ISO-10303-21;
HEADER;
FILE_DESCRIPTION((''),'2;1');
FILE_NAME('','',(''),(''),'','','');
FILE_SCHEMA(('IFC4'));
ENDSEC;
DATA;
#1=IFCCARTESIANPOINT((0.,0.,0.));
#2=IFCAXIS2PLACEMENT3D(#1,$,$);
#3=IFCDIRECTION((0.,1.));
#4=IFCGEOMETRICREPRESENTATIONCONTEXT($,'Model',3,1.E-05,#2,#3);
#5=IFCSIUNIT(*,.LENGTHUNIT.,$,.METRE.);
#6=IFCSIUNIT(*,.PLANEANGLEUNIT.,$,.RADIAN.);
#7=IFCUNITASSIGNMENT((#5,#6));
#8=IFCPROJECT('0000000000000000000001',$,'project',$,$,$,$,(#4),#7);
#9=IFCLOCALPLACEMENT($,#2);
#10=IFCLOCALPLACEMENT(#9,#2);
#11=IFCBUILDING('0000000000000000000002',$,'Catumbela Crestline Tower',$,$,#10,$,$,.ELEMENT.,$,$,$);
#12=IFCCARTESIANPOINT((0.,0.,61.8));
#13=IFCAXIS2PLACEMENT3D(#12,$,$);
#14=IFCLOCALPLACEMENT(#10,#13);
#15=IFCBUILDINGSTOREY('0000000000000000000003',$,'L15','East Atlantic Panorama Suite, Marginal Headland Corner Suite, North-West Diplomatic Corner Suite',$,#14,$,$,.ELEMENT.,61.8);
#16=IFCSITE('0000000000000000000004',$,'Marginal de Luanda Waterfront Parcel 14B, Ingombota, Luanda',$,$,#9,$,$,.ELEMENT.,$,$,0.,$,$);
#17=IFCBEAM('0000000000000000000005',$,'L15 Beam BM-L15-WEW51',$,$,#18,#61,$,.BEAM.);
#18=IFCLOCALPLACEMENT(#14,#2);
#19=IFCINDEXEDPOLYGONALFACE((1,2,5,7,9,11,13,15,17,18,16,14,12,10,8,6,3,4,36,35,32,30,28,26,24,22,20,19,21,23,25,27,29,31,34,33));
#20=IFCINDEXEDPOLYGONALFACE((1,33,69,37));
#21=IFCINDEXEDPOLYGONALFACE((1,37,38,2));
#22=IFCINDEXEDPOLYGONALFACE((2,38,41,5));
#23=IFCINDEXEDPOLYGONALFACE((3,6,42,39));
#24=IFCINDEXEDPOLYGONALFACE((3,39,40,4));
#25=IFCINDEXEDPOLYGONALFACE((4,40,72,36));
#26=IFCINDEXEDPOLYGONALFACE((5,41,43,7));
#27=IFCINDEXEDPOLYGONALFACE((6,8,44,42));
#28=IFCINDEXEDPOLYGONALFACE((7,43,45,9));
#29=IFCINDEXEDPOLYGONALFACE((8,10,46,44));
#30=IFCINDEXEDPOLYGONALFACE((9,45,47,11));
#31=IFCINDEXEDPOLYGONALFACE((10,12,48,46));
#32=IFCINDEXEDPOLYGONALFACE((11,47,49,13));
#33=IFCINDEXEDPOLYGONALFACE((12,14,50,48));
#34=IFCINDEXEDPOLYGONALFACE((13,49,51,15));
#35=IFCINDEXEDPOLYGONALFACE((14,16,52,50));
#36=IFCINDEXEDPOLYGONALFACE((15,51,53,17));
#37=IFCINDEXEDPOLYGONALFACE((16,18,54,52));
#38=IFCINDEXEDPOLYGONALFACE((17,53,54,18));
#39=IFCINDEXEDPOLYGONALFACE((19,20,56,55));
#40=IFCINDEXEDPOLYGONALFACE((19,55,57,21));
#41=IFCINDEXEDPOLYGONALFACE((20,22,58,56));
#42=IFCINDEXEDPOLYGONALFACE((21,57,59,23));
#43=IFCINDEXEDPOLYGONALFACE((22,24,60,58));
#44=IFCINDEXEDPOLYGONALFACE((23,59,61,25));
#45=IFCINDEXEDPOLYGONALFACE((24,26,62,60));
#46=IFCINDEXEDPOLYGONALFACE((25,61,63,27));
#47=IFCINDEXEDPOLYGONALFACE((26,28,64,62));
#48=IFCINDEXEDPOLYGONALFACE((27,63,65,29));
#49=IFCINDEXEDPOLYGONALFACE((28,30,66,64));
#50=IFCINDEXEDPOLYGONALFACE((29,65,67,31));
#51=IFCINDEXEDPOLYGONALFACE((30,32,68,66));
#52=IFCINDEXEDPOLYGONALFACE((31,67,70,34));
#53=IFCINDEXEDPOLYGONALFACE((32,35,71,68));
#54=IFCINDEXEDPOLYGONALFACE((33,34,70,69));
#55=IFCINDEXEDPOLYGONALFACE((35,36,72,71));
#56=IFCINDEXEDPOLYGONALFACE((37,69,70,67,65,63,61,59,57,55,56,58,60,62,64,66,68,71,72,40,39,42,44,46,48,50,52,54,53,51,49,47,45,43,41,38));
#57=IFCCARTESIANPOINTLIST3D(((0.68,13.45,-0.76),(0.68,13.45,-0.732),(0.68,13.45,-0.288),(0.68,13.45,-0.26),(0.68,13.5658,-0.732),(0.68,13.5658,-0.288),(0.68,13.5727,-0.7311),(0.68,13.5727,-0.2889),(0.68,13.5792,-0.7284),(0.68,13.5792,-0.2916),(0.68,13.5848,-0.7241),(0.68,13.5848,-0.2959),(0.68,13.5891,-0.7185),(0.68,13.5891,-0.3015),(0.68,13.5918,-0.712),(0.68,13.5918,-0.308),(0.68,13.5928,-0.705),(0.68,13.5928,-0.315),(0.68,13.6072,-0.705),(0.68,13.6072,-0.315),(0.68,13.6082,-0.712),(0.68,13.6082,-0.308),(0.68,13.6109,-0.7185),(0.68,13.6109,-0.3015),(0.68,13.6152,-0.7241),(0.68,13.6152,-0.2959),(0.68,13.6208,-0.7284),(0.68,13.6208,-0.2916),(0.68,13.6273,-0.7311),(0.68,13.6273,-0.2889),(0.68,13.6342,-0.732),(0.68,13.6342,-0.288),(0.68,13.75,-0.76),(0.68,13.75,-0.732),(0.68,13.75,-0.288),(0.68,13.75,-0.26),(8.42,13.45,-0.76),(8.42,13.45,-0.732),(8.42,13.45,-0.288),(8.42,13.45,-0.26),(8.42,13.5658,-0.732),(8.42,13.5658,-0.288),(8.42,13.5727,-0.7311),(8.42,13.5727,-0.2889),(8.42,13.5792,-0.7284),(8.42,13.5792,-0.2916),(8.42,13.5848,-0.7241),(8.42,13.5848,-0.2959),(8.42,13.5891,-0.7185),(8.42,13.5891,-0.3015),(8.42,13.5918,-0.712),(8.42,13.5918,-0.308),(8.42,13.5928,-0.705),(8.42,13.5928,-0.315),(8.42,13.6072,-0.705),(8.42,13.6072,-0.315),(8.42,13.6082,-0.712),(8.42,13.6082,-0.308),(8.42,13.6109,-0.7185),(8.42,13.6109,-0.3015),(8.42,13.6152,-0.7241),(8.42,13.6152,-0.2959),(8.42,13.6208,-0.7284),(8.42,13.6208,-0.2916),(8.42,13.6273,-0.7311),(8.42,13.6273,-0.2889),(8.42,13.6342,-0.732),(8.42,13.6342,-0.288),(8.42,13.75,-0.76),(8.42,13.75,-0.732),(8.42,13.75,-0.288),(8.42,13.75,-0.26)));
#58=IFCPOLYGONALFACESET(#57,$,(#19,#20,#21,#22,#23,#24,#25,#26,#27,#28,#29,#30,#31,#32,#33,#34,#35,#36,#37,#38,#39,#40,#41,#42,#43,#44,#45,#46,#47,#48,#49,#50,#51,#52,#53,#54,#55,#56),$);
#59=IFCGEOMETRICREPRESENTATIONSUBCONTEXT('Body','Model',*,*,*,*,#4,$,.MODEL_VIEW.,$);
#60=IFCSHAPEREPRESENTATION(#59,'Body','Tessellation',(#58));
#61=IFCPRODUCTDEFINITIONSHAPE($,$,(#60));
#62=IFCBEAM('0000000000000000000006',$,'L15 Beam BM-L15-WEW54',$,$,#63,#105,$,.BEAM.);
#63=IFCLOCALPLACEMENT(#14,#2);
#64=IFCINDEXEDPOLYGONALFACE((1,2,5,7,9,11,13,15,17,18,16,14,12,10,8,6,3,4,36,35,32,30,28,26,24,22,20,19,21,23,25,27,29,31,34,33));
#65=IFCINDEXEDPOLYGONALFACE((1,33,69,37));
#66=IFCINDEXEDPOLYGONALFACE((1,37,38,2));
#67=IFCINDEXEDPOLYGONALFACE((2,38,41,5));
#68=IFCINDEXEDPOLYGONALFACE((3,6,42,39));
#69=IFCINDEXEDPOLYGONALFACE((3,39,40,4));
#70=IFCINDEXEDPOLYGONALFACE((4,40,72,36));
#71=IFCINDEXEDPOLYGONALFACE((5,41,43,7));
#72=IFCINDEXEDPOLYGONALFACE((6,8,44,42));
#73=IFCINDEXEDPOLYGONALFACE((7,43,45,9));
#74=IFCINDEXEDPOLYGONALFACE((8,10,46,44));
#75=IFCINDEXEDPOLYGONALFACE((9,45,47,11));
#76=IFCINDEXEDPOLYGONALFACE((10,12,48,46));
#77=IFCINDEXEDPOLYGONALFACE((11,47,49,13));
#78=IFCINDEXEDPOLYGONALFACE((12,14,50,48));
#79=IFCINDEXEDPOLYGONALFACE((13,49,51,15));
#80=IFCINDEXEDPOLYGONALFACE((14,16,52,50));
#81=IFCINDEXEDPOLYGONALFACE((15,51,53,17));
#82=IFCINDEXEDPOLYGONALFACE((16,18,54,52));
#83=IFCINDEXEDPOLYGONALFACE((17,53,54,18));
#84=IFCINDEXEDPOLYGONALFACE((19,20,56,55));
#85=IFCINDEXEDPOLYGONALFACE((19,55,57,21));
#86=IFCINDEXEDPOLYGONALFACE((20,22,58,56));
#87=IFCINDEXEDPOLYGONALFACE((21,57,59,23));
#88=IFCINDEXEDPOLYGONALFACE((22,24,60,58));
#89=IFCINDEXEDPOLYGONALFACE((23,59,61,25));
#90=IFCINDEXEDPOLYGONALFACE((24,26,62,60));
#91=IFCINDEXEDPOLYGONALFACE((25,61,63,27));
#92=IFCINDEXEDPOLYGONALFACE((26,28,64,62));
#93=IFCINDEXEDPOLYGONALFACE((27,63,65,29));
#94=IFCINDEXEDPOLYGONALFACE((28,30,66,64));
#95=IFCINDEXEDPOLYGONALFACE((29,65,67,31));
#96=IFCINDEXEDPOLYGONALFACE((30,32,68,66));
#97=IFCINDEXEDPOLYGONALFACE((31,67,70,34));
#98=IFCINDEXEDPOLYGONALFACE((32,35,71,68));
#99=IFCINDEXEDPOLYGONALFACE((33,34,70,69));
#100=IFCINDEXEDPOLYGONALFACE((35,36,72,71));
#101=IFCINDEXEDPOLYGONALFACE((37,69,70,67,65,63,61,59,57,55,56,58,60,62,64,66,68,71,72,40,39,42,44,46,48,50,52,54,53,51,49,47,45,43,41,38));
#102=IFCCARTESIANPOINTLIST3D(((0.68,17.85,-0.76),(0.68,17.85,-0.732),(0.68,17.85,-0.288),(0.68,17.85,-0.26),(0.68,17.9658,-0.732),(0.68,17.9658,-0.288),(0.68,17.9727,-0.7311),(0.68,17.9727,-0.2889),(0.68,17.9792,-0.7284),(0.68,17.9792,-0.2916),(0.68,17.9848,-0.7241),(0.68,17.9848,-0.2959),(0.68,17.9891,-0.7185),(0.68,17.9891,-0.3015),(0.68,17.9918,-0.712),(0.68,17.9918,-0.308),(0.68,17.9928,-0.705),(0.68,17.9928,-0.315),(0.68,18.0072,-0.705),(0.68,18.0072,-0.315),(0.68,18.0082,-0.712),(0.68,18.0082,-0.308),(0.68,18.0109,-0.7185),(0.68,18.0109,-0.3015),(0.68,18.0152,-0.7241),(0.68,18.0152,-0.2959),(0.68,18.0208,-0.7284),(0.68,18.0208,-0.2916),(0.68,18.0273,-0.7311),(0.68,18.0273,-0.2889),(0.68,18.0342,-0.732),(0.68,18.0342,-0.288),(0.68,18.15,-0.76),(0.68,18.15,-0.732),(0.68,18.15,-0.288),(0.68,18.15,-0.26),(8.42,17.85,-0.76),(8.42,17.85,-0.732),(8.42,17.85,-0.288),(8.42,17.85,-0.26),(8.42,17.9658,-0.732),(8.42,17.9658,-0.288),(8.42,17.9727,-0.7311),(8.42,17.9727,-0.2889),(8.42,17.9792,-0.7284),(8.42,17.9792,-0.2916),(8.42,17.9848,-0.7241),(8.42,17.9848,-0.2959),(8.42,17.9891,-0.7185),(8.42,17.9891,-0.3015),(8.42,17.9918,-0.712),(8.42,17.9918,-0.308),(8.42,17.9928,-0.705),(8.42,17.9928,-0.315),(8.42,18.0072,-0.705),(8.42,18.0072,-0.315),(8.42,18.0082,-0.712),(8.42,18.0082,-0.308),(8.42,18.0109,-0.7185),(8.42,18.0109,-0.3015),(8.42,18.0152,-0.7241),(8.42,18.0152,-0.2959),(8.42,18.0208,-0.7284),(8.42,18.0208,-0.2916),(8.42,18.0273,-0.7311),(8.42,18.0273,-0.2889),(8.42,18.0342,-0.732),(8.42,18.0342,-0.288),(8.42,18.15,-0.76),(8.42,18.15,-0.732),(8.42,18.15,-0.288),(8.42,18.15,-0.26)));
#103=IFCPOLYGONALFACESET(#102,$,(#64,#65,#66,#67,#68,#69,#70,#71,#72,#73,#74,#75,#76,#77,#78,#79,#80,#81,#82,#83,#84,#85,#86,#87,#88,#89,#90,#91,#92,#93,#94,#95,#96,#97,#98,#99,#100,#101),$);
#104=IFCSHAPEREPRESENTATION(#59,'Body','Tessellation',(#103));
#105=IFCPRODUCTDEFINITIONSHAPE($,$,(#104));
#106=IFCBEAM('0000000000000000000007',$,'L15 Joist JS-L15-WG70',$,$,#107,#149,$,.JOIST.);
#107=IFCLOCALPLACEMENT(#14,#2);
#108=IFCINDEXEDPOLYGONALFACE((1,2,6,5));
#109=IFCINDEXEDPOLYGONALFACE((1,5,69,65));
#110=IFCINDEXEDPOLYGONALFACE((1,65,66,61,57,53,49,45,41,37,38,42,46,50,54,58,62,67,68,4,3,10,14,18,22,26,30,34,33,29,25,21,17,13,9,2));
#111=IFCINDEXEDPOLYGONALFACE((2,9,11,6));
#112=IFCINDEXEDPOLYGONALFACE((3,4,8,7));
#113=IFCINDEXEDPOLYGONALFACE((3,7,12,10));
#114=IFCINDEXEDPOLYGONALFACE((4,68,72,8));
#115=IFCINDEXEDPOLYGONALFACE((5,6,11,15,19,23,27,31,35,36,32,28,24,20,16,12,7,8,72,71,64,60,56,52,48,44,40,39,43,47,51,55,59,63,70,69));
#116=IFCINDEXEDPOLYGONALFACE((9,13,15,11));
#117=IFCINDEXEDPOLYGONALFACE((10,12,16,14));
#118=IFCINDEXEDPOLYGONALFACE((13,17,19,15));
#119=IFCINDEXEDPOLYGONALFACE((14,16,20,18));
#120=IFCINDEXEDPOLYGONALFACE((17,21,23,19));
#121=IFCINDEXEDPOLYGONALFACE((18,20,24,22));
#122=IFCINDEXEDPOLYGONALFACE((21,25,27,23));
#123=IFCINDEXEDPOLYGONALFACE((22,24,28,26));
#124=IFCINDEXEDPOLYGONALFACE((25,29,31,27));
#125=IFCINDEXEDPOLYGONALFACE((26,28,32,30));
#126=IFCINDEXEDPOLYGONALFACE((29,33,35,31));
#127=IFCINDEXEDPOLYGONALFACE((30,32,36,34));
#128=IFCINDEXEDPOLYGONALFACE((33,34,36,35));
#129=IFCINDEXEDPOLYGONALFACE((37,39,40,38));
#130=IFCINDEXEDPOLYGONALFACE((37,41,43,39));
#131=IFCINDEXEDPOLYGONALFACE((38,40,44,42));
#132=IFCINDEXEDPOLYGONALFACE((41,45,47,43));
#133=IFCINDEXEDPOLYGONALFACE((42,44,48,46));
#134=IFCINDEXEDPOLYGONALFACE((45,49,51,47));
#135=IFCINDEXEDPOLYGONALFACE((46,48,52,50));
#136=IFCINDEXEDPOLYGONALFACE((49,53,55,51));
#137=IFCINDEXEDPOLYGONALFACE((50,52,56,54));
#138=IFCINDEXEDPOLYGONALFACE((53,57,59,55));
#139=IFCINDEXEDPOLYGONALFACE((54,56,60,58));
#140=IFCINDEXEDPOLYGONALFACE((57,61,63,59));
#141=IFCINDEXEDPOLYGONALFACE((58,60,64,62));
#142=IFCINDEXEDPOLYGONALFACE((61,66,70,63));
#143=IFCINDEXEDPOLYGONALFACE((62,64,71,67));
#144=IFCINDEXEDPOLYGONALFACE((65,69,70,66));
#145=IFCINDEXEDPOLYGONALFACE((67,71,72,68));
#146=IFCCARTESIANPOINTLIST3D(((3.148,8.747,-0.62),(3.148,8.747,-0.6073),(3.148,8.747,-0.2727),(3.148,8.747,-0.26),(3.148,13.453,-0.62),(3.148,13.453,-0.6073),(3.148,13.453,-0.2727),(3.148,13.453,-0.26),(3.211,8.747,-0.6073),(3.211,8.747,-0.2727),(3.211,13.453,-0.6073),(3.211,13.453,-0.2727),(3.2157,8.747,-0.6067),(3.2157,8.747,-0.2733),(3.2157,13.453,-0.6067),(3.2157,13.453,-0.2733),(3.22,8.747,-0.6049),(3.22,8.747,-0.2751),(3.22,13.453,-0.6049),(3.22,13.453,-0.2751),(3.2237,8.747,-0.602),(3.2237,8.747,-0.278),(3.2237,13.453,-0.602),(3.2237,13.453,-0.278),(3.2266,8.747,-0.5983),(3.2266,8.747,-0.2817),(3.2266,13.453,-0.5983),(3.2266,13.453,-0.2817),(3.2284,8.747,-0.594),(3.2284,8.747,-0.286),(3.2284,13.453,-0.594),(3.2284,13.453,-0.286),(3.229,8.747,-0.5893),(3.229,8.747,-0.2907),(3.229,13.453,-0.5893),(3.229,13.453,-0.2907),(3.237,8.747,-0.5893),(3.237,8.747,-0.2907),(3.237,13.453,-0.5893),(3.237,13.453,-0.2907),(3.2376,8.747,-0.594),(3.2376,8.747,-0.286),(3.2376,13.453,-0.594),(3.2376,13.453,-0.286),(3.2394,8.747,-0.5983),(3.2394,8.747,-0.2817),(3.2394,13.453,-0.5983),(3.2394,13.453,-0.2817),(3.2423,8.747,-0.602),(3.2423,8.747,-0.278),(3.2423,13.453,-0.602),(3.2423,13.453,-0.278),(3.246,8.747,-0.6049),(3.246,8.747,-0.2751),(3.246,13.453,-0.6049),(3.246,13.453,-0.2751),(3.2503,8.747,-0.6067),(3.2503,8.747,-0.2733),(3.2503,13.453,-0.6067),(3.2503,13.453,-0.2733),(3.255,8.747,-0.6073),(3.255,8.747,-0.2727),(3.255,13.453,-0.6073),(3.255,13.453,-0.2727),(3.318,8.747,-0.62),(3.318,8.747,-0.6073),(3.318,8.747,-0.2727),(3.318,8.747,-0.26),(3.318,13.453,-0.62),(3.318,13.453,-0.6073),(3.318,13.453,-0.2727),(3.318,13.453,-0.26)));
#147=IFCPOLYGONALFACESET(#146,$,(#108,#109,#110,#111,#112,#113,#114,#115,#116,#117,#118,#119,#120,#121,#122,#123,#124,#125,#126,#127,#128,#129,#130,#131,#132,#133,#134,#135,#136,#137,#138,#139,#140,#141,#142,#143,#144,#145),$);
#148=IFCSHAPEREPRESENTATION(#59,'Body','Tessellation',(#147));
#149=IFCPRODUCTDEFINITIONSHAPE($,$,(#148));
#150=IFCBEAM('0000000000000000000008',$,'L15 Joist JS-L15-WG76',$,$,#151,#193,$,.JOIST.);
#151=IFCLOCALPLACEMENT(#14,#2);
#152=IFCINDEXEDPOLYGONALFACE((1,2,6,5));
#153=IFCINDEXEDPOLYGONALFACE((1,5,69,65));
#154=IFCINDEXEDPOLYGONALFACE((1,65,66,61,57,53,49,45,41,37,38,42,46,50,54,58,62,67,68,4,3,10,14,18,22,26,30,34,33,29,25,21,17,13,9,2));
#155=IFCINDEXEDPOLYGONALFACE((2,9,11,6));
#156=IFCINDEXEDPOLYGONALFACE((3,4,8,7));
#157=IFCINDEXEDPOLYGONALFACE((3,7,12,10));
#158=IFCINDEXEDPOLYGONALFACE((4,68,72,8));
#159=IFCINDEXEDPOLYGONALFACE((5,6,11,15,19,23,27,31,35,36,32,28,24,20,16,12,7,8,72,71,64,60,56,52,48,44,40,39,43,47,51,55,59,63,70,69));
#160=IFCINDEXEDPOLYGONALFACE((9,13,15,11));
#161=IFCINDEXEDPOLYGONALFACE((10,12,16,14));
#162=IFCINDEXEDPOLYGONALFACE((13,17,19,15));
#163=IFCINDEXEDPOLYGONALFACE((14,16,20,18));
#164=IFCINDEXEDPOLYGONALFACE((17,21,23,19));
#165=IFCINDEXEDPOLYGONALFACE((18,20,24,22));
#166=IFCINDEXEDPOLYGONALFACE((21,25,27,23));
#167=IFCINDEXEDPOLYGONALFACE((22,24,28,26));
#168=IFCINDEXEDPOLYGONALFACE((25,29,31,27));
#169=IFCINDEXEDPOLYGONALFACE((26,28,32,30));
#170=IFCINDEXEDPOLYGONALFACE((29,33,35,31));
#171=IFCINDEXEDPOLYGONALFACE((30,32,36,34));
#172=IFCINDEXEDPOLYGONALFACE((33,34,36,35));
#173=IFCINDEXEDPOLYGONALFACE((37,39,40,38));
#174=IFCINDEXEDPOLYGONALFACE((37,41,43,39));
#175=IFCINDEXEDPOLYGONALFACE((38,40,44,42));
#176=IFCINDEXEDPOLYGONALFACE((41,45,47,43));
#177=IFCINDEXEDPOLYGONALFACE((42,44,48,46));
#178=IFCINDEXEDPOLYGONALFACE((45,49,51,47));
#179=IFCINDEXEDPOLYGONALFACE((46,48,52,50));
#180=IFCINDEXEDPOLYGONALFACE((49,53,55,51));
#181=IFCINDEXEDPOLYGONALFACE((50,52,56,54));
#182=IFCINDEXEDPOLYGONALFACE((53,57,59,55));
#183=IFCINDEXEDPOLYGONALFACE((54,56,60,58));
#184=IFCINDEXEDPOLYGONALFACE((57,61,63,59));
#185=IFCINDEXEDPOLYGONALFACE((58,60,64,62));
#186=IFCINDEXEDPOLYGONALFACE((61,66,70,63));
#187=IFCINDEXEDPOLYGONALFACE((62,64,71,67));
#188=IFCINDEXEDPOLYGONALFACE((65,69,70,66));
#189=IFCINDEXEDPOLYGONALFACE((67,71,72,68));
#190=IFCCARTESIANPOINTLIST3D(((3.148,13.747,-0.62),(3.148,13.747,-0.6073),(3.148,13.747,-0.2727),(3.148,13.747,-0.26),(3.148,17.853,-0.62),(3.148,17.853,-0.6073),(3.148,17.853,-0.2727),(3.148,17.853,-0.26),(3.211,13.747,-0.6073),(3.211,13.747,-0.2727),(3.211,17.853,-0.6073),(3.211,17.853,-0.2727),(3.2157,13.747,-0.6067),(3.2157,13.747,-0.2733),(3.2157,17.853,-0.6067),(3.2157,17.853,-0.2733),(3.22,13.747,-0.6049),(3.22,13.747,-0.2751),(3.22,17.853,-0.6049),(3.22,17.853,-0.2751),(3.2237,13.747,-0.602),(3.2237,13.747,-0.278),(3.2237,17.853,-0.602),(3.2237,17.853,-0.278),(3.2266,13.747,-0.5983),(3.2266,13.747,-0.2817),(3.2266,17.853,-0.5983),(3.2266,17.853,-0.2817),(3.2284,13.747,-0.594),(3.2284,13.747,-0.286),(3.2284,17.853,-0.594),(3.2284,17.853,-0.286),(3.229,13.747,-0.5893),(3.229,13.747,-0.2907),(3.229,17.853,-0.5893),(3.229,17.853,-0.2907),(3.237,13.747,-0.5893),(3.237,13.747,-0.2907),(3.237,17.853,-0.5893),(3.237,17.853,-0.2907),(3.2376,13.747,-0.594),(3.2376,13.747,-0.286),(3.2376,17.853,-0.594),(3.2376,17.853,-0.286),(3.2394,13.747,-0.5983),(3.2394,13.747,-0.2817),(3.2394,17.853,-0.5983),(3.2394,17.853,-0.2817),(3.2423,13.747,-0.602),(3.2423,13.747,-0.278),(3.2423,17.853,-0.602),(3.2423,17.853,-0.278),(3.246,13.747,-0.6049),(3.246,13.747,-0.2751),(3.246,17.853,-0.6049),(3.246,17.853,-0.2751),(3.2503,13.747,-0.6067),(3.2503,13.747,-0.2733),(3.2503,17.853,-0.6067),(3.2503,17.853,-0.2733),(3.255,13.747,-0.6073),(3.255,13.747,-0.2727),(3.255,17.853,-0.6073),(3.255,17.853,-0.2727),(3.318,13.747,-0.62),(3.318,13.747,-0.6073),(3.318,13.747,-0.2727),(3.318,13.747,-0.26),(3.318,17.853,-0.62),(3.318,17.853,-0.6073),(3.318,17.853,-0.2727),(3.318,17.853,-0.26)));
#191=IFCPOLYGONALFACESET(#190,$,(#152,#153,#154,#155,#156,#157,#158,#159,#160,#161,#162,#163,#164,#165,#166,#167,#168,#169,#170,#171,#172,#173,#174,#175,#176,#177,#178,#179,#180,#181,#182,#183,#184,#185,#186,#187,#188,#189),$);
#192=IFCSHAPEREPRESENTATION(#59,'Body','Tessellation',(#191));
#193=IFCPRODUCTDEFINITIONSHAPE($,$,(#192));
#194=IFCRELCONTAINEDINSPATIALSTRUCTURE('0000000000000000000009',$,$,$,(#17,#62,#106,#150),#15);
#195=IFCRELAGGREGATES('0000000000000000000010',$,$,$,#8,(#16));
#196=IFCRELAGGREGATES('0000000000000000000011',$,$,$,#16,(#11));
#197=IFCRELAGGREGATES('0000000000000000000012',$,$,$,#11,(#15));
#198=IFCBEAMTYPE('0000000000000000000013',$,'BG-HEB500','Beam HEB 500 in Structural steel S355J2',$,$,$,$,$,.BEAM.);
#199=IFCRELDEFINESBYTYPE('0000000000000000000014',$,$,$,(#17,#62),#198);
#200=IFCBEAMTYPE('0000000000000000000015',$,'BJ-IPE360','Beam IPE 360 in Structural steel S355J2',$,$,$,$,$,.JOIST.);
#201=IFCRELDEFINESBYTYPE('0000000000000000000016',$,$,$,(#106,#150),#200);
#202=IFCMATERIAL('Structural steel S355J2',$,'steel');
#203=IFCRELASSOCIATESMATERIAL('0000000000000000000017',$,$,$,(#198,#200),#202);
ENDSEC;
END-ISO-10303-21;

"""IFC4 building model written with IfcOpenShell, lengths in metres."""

from ifc_helpers import new_model, si_unit, direction, frame, origin, origin_2d, place, context, subcontext, project, spatial, i_section, extrude, material, material_profile, profile_set, type_object, element, save


model = new_model("IFC4")

# Units and contexts
model_context = context("Model", 3, precision=1e-05, world=origin(), true_north=direction((0.0, 1.0)))
body_context = subcontext(model_context, "Body", "Model", "MODEL_VIEW")
ifc_project = project(units=[si_unit("LENGTHUNIT", "METRE"), si_unit("PLANEANGLEUNIT", "RADIAN")], contexts=[model_context])

# Site, building, storey
site_placement = place(None, origin())
site = spatial("IfcSite", under=ifc_project, at=site_placement, Name="Marginal de Luanda Waterfront Parcel 14B, Ingombota, Luanda", CompositionType="ELEMENT", RefElevation=0.0)
building_placement = place(site_placement, origin())
building = spatial("IfcBuilding", under=site, at=building_placement, Name="Catumbela Crestline Tower", CompositionType="ELEMENT")
storey_placement = place(building_placement, frame((0.0, 0.0, 61.8)))
storey = spatial("IfcBuildingStorey", under=building, at=storey_placement, Name="L15", Description="East Atlantic Panorama Suite, Marginal Headland Corner Suite, North-West Diplomatic Corner Suite", CompositionType="ELEMENT", Elevation=61.8)

# Beams
ifc_material_1 = material(Name="Structural steel S355J2", Category="steel")
ifc_material_profile_1 = material_profile(ifc_material_1, i_section(OverallWidth=0.3, OverallDepth=0.5, WebThickness=0.0145, FlangeThickness=0.028, FilletRadius=0.027, at=origin_2d()), Name="HEB 500")
ifc_profile_set_1 = profile_set([ifc_material_profile_1], Name="Structural steel S355J2")
beam_type_1 = type_object("IfcBeamType", Name="BG-HEB500", Description="Beam HEB 500 in Structural steel S355J2", PredefinedType="BEAM", material=ifc_profile_set_1)
for number, where, z_axis, x_axis, name in (
    (1, (0.68, 13.6, -0.51), (1.0, 0.0, 0.0), (0.0, 1.0, 0.0), "L15 Beam BM-L15-WEW51"),
    (2, (0.68, 18.0, -0.51), (1.0, 0.0, 0.0), (0.0, 1.0, 0.0), "L15 Beam BM-L15-WEW54"),
):
    element("IfcBeam", number, at=place(storey_placement, frame(where, z_axis=z_axis, x_axis=x_axis)), inside=storey, type_object=beam_type_1, Name=name, PredefinedType="BEAM", context=body_context, shape_type="SweptSolid", body=[
        extrude(i_section(OverallWidth=0.3, OverallDepth=0.5, WebThickness=0.0145, FlangeThickness=0.028, FilletRadius=0.027, at=origin_2d()), origin(), (0.0, 0.0, 1.0), 7.74),
    ])
ifc_material_profile_2 = material_profile(ifc_material_1, i_section(OverallWidth=0.17, OverallDepth=0.36, WebThickness=0.008, FlangeThickness=0.0127, FilletRadius=0.018, at=origin_2d()), Name="IPE 360")
ifc_profile_set_2 = profile_set([ifc_material_profile_2], Name="Structural steel S355J2")
beam_type_2 = type_object("IfcBeamType", Name="BJ-IPE360", Description="Beam IPE 360 in Structural steel S355J2", PredefinedType="JOIST", material=ifc_profile_set_2)
beam_1_placement = place(storey_placement, frame((3.233, 8.747, -0.44), z_axis=(0.0, 1.0, 0.0), x_axis=(-1.0, 0.0, 0.0)))
element("IfcBeam", 3, at=beam_1_placement, inside=storey, type_object=beam_type_2, Name="L15 Joist JS-L15-WG70", PredefinedType="JOIST", context=body_context, shape_type="SweptSolid", body=[
    extrude(i_section(OverallWidth=0.17, OverallDepth=0.36, WebThickness=0.008, FlangeThickness=0.0127, FilletRadius=0.018, at=origin_2d()), origin(), (0.0, 0.0, 1.0), 4.706),
])
beam_2_placement = place(storey_placement, frame((3.233, 13.747, -0.44), z_axis=(0.0, 1.0, 0.0), x_axis=(-1.0, 0.0, 0.0)))
element("IfcBeam", 4, at=beam_2_placement, inside=storey, type_object=beam_type_2, Name="L15 Joist JS-L15-WG76", PredefinedType="JOIST", context=body_context, shape_type="SweptSolid", body=[
    extrude(i_section(OverallWidth=0.17, OverallDepth=0.36, WebThickness=0.008, FlangeThickness=0.0127, FilletRadius=0.018, at=origin_2d()), origin(), (0.0, 0.0, 1.0), 4.106),
])

save(model, "model.ifc")
